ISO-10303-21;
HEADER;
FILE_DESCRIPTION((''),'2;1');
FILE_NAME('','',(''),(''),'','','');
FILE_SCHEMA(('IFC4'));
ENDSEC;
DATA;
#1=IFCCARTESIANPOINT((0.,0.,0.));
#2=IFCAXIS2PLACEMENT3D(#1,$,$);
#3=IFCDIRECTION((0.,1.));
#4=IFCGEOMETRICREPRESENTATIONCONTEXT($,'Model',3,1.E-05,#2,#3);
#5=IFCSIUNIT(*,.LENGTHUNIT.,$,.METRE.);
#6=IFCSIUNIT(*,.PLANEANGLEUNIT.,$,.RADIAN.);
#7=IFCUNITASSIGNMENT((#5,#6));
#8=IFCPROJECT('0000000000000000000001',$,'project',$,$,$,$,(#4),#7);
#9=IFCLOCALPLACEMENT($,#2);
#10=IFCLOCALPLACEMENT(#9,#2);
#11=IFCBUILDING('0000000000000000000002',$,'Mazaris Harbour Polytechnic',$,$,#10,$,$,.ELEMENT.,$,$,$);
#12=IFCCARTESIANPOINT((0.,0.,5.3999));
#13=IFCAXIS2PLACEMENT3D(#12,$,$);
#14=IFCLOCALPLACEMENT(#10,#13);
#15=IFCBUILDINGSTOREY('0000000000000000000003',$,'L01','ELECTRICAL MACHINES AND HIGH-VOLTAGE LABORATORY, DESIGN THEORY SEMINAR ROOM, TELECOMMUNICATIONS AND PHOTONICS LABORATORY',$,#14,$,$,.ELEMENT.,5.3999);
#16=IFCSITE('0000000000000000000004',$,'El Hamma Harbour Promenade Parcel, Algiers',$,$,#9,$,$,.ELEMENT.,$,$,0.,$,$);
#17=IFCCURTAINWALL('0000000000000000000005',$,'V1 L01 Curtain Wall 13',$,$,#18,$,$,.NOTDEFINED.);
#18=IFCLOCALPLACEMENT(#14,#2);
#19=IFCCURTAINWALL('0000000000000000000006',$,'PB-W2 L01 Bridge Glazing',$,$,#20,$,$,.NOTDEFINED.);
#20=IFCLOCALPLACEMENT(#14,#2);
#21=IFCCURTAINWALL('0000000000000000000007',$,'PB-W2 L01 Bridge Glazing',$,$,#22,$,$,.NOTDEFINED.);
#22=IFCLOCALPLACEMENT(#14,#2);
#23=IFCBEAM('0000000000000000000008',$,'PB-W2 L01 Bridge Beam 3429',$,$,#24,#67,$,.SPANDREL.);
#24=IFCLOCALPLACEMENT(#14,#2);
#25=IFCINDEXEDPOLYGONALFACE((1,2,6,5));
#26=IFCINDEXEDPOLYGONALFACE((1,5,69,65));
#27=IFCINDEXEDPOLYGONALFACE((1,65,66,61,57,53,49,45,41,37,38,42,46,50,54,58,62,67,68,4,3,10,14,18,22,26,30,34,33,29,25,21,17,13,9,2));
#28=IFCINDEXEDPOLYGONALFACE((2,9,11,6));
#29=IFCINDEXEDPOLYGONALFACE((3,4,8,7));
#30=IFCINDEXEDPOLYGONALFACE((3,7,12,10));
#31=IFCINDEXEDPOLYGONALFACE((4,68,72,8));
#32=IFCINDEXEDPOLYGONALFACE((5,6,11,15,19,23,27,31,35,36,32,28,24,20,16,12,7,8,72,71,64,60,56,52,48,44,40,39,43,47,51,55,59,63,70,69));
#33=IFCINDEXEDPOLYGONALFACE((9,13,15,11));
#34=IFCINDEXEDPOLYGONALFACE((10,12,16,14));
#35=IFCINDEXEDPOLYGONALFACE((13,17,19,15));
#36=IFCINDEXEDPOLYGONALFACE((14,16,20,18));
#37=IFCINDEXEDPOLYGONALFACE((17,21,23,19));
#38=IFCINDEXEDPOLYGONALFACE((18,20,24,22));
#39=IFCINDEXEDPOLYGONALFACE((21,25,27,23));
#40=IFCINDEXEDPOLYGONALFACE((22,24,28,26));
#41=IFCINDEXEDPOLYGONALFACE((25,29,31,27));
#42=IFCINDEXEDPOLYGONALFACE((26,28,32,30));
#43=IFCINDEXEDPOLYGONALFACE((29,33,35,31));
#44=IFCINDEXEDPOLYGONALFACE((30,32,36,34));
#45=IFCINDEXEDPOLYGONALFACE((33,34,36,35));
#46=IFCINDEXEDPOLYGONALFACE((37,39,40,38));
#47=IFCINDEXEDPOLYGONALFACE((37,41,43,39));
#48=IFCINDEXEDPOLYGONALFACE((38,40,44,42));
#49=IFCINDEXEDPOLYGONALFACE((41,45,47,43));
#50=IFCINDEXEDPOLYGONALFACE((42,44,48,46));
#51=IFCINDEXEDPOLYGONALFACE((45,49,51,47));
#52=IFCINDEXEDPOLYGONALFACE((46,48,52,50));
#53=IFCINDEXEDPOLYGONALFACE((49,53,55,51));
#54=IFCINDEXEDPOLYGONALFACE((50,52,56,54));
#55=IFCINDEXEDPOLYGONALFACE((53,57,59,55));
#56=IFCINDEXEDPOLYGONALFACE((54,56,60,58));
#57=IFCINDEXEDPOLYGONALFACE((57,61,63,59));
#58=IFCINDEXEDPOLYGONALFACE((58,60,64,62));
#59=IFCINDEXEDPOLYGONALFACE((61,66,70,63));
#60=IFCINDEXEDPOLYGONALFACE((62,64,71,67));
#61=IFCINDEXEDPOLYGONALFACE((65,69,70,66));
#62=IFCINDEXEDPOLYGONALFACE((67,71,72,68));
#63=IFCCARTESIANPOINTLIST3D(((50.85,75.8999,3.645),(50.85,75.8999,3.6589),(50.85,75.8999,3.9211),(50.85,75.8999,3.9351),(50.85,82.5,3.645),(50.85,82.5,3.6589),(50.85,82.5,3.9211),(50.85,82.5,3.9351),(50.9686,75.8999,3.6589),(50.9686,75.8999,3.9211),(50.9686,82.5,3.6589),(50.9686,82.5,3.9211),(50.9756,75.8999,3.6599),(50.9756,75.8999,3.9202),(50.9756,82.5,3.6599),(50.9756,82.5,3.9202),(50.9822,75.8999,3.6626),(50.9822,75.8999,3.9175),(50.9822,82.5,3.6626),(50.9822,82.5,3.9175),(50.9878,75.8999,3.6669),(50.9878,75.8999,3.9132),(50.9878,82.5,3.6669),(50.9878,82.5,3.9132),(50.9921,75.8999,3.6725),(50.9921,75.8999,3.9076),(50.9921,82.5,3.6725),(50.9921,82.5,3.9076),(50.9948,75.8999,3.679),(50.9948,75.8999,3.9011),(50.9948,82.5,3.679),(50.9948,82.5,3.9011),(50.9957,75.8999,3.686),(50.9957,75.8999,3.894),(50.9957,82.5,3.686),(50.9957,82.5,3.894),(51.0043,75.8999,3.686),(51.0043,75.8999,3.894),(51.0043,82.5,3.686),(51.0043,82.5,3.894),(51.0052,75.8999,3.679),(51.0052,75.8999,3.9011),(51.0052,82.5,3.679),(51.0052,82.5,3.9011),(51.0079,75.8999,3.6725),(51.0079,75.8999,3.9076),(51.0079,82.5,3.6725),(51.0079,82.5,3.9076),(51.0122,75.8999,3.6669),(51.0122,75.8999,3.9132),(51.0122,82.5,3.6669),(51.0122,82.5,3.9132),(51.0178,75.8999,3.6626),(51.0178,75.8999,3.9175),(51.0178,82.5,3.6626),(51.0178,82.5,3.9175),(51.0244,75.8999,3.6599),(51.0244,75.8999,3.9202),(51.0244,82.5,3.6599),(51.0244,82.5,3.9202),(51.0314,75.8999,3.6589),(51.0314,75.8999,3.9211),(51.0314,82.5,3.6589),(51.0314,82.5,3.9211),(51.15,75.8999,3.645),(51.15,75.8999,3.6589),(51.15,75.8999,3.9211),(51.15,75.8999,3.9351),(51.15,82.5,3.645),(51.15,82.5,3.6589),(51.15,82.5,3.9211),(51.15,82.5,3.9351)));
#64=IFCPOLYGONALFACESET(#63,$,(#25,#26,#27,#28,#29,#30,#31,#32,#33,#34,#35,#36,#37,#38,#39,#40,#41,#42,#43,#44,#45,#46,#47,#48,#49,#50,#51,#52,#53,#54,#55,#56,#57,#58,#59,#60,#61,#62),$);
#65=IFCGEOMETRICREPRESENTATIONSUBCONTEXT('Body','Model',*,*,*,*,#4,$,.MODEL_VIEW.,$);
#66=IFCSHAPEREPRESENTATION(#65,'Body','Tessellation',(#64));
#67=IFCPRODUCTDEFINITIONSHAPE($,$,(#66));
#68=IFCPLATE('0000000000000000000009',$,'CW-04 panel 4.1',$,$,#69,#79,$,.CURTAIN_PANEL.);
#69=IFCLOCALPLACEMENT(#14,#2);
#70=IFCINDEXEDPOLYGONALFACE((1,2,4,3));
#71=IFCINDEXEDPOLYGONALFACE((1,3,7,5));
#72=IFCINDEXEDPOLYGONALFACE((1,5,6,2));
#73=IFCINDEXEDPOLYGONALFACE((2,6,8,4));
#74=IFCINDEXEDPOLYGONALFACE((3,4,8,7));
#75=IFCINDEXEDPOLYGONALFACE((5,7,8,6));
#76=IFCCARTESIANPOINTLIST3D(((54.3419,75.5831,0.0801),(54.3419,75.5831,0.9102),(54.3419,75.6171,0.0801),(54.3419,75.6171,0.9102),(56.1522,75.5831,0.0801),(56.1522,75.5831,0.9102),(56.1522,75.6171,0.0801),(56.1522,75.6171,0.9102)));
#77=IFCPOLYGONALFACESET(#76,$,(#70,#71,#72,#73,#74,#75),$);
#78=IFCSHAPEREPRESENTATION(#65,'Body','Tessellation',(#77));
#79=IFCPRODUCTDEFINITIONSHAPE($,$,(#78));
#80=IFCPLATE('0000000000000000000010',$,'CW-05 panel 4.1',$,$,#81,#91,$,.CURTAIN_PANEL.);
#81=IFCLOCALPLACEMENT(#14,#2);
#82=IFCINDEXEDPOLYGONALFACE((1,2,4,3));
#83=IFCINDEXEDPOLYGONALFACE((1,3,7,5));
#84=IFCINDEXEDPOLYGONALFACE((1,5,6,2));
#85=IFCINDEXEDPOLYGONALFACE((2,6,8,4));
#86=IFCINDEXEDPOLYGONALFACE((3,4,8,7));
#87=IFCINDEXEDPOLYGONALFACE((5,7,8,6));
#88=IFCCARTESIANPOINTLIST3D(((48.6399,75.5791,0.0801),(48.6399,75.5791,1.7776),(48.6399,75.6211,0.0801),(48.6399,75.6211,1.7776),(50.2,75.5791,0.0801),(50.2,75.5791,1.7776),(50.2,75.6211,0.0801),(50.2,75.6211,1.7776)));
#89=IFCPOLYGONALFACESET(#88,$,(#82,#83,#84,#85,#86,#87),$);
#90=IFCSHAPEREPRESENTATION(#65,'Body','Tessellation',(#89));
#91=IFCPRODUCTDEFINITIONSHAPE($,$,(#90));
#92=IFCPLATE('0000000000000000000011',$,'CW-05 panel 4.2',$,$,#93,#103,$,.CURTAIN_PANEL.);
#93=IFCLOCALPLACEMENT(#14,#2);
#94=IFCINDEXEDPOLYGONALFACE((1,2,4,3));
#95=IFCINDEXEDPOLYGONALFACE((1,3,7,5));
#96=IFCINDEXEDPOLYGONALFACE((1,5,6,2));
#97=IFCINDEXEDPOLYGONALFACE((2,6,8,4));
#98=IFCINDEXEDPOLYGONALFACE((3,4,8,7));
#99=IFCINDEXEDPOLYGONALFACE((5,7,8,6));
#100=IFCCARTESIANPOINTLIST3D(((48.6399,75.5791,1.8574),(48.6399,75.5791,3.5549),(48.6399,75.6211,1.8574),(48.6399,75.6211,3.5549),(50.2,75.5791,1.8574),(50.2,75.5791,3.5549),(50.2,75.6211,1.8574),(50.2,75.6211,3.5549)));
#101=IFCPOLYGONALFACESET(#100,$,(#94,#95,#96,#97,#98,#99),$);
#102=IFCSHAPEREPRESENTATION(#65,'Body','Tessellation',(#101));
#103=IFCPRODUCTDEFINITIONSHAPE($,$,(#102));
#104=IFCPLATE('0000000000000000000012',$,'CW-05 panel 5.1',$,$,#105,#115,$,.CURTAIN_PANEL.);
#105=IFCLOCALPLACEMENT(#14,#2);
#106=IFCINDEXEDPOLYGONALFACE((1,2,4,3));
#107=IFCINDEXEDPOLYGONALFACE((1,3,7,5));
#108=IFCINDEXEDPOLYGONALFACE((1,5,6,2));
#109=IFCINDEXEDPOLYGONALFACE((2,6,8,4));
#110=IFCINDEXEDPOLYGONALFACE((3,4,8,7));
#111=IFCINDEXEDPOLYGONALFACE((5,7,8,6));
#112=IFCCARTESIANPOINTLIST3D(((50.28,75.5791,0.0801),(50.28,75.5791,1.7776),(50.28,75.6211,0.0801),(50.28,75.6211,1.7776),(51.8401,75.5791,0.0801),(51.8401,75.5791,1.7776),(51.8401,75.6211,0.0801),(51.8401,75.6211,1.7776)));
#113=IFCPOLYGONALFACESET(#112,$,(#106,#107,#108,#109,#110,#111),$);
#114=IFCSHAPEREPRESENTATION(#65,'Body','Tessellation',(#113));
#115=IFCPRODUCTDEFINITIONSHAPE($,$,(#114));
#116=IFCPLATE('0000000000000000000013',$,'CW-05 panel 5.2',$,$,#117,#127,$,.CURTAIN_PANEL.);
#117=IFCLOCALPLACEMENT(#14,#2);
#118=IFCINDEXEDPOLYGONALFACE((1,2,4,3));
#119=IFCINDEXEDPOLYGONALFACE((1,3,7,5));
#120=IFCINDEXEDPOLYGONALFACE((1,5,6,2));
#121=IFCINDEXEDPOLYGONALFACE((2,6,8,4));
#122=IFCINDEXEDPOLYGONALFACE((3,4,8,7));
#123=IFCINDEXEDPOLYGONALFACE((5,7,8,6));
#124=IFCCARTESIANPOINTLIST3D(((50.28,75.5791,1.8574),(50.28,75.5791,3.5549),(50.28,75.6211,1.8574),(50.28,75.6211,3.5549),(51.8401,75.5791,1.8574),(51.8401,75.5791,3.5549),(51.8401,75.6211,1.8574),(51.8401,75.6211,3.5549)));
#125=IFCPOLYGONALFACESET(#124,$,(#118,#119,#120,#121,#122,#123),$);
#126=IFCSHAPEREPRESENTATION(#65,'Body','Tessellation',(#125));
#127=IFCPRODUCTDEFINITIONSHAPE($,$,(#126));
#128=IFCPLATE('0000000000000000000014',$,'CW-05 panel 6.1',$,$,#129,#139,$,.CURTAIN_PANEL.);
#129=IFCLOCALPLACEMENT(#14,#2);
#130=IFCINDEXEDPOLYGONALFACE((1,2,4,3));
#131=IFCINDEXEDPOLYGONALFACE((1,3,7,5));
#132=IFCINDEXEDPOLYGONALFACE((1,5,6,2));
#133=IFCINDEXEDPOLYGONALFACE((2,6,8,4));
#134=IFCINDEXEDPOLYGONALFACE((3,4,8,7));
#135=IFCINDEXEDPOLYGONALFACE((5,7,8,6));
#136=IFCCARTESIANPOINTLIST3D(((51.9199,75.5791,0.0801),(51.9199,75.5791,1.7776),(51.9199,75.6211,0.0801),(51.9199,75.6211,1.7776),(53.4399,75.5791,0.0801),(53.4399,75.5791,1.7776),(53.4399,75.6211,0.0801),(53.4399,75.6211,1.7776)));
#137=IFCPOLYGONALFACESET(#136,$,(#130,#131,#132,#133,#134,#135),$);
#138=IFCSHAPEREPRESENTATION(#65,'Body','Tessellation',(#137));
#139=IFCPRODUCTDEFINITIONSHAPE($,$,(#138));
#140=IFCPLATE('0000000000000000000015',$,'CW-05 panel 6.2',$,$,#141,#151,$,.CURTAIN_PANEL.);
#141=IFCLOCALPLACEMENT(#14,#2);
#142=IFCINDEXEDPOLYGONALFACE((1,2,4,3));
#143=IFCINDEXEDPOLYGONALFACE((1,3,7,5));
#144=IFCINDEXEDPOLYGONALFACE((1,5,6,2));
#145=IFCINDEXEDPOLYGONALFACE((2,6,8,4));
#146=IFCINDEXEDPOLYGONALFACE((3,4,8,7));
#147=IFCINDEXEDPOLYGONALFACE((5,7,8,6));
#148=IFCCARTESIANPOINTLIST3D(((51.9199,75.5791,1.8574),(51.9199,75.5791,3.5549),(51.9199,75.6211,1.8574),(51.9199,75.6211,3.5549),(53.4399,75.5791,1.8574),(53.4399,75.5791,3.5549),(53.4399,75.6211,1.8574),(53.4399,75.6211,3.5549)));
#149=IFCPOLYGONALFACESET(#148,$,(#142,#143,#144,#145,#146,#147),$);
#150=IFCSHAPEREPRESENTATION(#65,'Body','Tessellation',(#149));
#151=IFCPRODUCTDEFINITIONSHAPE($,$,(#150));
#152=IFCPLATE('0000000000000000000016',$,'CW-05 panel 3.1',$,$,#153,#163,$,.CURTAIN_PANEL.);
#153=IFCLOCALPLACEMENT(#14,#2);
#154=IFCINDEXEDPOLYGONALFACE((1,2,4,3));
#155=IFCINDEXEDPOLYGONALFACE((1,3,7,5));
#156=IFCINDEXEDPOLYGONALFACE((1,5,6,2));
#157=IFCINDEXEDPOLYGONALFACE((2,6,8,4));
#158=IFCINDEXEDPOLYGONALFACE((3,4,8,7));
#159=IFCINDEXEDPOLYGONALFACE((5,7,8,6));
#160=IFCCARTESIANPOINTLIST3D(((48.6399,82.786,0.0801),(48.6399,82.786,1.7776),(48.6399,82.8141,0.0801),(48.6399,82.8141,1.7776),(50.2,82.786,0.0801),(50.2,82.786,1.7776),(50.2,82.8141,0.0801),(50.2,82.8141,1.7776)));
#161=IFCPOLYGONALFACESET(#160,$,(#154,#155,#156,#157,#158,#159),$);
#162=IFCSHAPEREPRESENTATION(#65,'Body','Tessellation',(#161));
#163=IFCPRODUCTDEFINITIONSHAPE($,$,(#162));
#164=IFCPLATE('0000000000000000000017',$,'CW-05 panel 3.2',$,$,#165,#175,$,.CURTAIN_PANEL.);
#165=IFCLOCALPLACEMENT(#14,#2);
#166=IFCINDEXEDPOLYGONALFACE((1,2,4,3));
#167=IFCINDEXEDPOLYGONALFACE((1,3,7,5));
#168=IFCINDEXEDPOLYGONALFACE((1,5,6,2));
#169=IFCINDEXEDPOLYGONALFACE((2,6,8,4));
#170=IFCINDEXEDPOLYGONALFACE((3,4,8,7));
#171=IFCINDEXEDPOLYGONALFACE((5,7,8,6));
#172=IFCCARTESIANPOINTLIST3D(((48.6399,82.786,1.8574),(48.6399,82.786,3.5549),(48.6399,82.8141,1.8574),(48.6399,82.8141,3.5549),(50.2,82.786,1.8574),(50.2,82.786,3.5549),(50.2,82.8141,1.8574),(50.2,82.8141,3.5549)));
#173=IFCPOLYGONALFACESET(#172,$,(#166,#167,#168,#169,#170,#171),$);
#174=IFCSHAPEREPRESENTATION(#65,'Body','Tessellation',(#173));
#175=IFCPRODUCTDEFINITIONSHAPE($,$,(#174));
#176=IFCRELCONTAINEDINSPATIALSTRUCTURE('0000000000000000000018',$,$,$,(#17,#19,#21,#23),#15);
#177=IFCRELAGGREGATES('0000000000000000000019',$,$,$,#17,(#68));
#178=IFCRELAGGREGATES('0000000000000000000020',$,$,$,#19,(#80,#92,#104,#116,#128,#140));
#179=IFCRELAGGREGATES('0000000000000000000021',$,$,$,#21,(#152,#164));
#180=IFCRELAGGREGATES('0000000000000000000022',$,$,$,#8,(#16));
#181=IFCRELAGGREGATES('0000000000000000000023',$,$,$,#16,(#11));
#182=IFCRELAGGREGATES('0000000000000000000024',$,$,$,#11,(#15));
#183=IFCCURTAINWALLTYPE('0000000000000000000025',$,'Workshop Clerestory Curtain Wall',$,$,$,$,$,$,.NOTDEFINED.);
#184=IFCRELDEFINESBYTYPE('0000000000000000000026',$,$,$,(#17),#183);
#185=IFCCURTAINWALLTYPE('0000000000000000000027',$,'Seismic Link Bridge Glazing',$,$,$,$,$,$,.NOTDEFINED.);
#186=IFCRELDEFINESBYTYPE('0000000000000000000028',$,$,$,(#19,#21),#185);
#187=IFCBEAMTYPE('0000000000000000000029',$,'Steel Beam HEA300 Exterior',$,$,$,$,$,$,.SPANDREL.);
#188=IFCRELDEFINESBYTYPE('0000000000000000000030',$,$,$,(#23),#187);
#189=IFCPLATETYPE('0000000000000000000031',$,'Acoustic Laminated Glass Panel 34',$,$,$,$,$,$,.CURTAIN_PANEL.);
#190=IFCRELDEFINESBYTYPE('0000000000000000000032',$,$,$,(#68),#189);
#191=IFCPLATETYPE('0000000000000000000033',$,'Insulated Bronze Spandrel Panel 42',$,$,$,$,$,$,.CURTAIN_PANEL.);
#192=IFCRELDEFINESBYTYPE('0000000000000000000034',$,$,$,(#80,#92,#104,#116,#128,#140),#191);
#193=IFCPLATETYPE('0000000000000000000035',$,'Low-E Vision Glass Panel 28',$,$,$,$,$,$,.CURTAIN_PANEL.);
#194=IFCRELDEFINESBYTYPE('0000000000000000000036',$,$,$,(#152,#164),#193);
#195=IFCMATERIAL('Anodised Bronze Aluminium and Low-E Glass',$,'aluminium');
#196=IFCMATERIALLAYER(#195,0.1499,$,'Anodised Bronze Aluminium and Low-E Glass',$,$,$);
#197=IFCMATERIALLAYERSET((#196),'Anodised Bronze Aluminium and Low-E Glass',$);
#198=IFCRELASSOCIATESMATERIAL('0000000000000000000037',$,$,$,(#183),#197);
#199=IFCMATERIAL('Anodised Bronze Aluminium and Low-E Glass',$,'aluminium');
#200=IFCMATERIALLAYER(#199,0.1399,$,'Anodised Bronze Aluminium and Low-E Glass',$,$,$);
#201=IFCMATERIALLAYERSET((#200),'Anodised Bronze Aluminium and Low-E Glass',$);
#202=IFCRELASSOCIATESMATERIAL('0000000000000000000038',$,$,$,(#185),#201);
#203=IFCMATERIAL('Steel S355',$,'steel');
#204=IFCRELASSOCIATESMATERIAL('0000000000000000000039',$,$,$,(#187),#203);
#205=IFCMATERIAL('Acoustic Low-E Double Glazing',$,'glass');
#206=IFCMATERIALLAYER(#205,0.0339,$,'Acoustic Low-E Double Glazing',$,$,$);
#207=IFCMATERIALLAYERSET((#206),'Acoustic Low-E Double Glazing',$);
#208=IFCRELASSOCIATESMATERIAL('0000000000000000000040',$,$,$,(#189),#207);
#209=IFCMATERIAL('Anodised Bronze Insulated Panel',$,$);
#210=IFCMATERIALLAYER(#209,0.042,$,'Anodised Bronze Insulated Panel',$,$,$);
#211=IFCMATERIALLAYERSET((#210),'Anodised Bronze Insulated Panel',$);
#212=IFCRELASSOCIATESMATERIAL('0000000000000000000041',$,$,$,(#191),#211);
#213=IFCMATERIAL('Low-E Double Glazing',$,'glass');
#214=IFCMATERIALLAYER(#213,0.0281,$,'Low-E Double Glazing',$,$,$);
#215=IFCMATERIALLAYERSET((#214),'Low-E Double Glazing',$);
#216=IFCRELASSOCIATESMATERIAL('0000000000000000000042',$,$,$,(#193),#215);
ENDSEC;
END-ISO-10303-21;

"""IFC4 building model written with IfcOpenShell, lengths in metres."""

from ifc_helpers import new_model, si_unit, direction, frame, origin, origin_2d, place, context, subcontext, project, spatial, rectangle, i_section, extrude, material, layer, layer_set, material_profile, profile_set, type_object, element, aggregate, save


model = new_model("IFC4")

# Units and contexts
model_context = context("Model", 3, precision=1e-05, world=origin(), true_north=direction((0.0, 1.0)))
body_context = subcontext(model_context, "Body", "Model", "MODEL_VIEW")
ifc_project = project(units=[si_unit("LENGTHUNIT", "METRE"), si_unit("PLANEANGLEUNIT", "RADIAN")], contexts=[model_context])

# Site, building, storey
site_placement = place(None, origin())
site = spatial("IfcSite", under=ifc_project, at=site_placement, Name="El Hamma Harbour Promenade Parcel, Algiers", CompositionType="ELEMENT", RefElevation=0.0)
building_placement = place(site_placement, origin())
building = spatial("IfcBuilding", under=site, at=building_placement, Name="Mazaris Harbour Polytechnic", CompositionType="ELEMENT")
storey_placement = place(building_placement, frame((0.0, 0.0, 5.3999)))
storey = spatial("IfcBuildingStorey", under=building, at=storey_placement, Name="L01", Description="ELECTRICAL MACHINES AND HIGH-VOLTAGE LABORATORY, DESIGN THEORY SEMINAR ROOM, TELECOMMUNICATIONS AND PHOTONICS LABORATORY", CompositionType="ELEMENT", Elevation=5.3999)

# Curtain wall
ifc_material_1 = material(Name="Anodised Bronze Aluminium and Low-E Glass", Category="aluminium")
ifc_layer_1 = layer(ifc_material_1, 0.1499, Name="Anodised Bronze Aluminium and Low-E Glass")
ifc_layer_set_1 = layer_set([ifc_layer_1], Name="Anodised Bronze Aluminium and Low-E Glass")
curtain_wall_type_1 = type_object("IfcCurtainWallType", Name="Workshop Clerestory Curtain Wall", PredefinedType="NOTDEFINED", material=ifc_layer_set_1)
curtain_wall_1_placement = place(storey_placement, origin())
curtain_wall_1 = element("IfcCurtainWall", 1, at=curtain_wall_1_placement, inside=storey, type_object=curtain_wall_type_1, Name="V1 L01 Curtain Wall 13", PredefinedType="NOTDEFINED")

# Curtain wall
ifc_material_2 = material(Name="Anodised Bronze Aluminium and Low-E Glass", Category="aluminium")
ifc_layer_2 = layer(ifc_material_2, 0.1399, Name="Anodised Bronze Aluminium and Low-E Glass")
ifc_layer_set_2 = layer_set([ifc_layer_2], Name="Anodised Bronze Aluminium and Low-E Glass")
curtain_wall_type_2 = type_object("IfcCurtainWallType", Name="Seismic Link Bridge Glazing", PredefinedType="NOTDEFINED", material=ifc_layer_set_2)
curtain_wall_2_placement = place(storey_placement, origin())
curtain_wall_2 = element("IfcCurtainWall", 2, at=curtain_wall_2_placement, inside=storey, type_object=curtain_wall_type_2, Name="PB-W2 L01 Bridge Glazing", PredefinedType="NOTDEFINED")

# Curtain wall
curtain_wall_3_placement = place(storey_placement, origin())
curtain_wall_3 = element("IfcCurtainWall", 3, at=curtain_wall_3_placement, inside=storey, type_object=curtain_wall_type_2, Name="PB-W2 L01 Bridge Glazing", PredefinedType="NOTDEFINED")

# Beam
ifc_material_3 = material(Name="Steel S355", Category="steel")
ifc_material_profile_1 = material_profile(ifc_material_3, i_section(OverallWidth=0.3, OverallDepth=0.29, WebThickness=0.0085, FlangeThickness=0.0139, FilletRadius=0.0271, at=origin_2d()), Name="HEA 300")
ifc_profile_set_1 = profile_set([ifc_material_profile_1], Name="Steel S355")
beam_type_1 = type_object("IfcBeamType", Name="Steel Beam HEA300 Exterior", PredefinedType="SPANDREL", material=ifc_profile_set_1)
beam_1_placement = place(storey_placement, frame((51.0, 75.8999, 3.79), z_axis=(0.0, 1.0, 0.0), x_axis=(-1.0, 0.0, 0.0)))
element("IfcBeam", 4, at=beam_1_placement, inside=storey, type_object=beam_type_1, Name="PB-W2 L01 Bridge Beam 3429", PredefinedType="SPANDREL", context=body_context, shape_type="SweptSolid", body=[
    extrude(i_section(OverallWidth=0.3, OverallDepth=0.29, WebThickness=0.0085, FlangeThickness=0.0139, FilletRadius=0.0271, at=origin_2d()), origin(), (0.0, 0.0, 1.0), 6.6001),
])

# Plates
ifc_material_4 = material(Name="Acoustic Low-E Double Glazing", Category="glass")
ifc_layer_3 = layer(ifc_material_4, 0.0339, Name="Acoustic Low-E Double Glazing")
ifc_layer_set_3 = layer_set([ifc_layer_3], Name="Acoustic Low-E Double Glazing")
plate_type_1 = type_object("IfcPlateType", Name="Acoustic Laminated Glass Panel 34", PredefinedType="CURTAIN_PANEL", material=ifc_layer_set_3)
plate_1_placement = place(storey_placement, frame((55.2471, 75.6001, 0.0801), z_axis=(0.0, 0.0, 1.0), x_axis=(-1.0, 0.0, 0.0)))
plate_1 = element("IfcPlate", 5, at=plate_1_placement, type_object=plate_type_1, Name="CW-04 panel 4.1", PredefinedType="CURTAIN_PANEL", context=body_context, shape_type="SweptSolid", body=[
    extrude(rectangle(XDim=1.8103, YDim=0.0339, at=origin_2d()), origin(), (0.0, 0.0, 1.0), 0.8301),
])
aggregate(curtain_wall_1, [plate_1])
ifc_material_5 = material(Name="Anodised Bronze Insulated Panel")
ifc_layer_4 = layer(ifc_material_5, 0.042, Name="Anodised Bronze Insulated Panel")
ifc_layer_set_4 = layer_set([ifc_layer_4], Name="Anodised Bronze Insulated Panel")
plate_type_2 = type_object("IfcPlateType", Name="Insulated Bronze Spandrel Panel 42", PredefinedType="CURTAIN_PANEL", material=ifc_layer_set_4)
plate_2_placement = place(storey_placement, frame((49.4199, 75.6001, 0.0801), z_axis=(0.0, 0.0, 1.0), x_axis=(1.0, 0.0, 0.0)))
plate_2 = element("IfcPlate", 6, at=plate_2_placement, type_object=plate_type_2, Name="CW-05 panel 4.1", PredefinedType="CURTAIN_PANEL", context=body_context, shape_type="SweptSolid", body=[
    extrude(rectangle(XDim=1.5601, YDim=0.042, at=origin_2d()), origin(), (0.0, 0.0, 1.0), 1.6975),
])
plate_3_placement = place(storey_placement, frame((49.4199, 75.6001, 1.8574), z_axis=(0.0, 0.0, 1.0), x_axis=(1.0, 0.0, 0.0)))
plate_3 = element("IfcPlate", 7, at=plate_3_placement, type_object=plate_type_2, Name="CW-05 panel 4.2", PredefinedType="CURTAIN_PANEL", context=body_context, shape_type="SweptSolid", body=[
    extrude(rectangle(XDim=1.5601, YDim=0.042, at=origin_2d()), origin(), (0.0, 0.0, 1.0), 1.6975),
])
plate_4_placement = place(storey_placement, frame((51.0601, 75.6001, 0.0801), z_axis=(0.0, 0.0, 1.0), x_axis=(1.0, 0.0, 0.0)))
plate_4 = element("IfcPlate", 8, at=plate_4_placement, type_object=plate_type_2, Name="CW-05 panel 5.1", PredefinedType="CURTAIN_PANEL", context=body_context, shape_type="SweptSolid", body=[
    extrude(rectangle(XDim=1.5601, YDim=0.042, at=origin_2d()), origin(), (0.0, 0.0, 1.0), 1.6975),
])
plate_5_placement = place(storey_placement, frame((51.0601, 75.6001, 1.8574), z_axis=(0.0, 0.0, 1.0), x_axis=(1.0, 0.0, 0.0)))
plate_5 = element("IfcPlate", 9, at=plate_5_placement, type_object=plate_type_2, Name="CW-05 panel 5.2", PredefinedType="CURTAIN_PANEL", context=body_context, shape_type="SweptSolid", body=[
    extrude(rectangle(XDim=1.5601, YDim=0.042, at=origin_2d()), origin(), (0.0, 0.0, 1.0), 1.6975),
])
plate_6_placement = place(storey_placement, frame((52.6799, 75.6001, 0.0801), z_axis=(0.0, 0.0, 1.0), x_axis=(1.0, 0.0, 0.0)))
plate_6 = element("IfcPlate", 10, at=plate_6_placement, type_object=plate_type_2, Name="CW-05 panel 6.1", PredefinedType="CURTAIN_PANEL", context=body_context, shape_type="SweptSolid", body=[
    extrude(rectangle(XDim=1.52, YDim=0.042, at=origin_2d()), origin(), (0.0, 0.0, 1.0), 1.6975),
])
plate_7_placement = place(storey_placement, frame((52.6799, 75.6001, 1.8574), z_axis=(0.0, 0.0, 1.0), x_axis=(1.0, 0.0, 0.0)))
plate_7 = element("IfcPlate", 11, at=plate_7_placement, type_object=plate_type_2, Name="CW-05 panel 6.2", PredefinedType="CURTAIN_PANEL", context=body_context, shape_type="SweptSolid", body=[
    extrude(rectangle(XDim=1.52, YDim=0.042, at=origin_2d()), origin(), (0.0, 0.0, 1.0), 1.6975),
])
aggregate(curtain_wall_2, [plate_2, plate_3, plate_4, plate_5, plate_6, plate_7])
ifc_material_6 = material(Name="Low-E Double Glazing", Category="glass")
ifc_layer_5 = layer(ifc_material_6, 0.0281, Name="Low-E Double Glazing")
ifc_layer_set_5 = layer_set([ifc_layer_5], Name="Low-E Double Glazing")
plate_type_3 = type_object("IfcPlateType", Name="Low-E Vision Glass Panel 28", PredefinedType="CURTAIN_PANEL", material=ifc_layer_set_5)
plate_8_placement = place(storey_placement, frame((49.4199, 82.8, 0.0801), z_axis=(0.0, 0.0, 1.0), x_axis=(-1.0, 0.0, 0.0)))
plate_8 = element("IfcPlate", 12, at=plate_8_placement, type_object=plate_type_3, Name="CW-05 panel 3.1", PredefinedType="CURTAIN_PANEL", context=body_context, shape_type="SweptSolid", body=[
    extrude(rectangle(XDim=1.5601, YDim=0.0281, at=origin_2d()), origin(), (0.0, 0.0, 1.0), 1.6975),
])
plate_9_placement = place(storey_placement, frame((49.4199, 82.8, 1.8574), z_axis=(0.0, 0.0, 1.0), x_axis=(-1.0, 0.0, 0.0)))
plate_9 = element("IfcPlate", 13, at=plate_9_placement, type_object=plate_type_3, Name="CW-05 panel 3.2", PredefinedType="CURTAIN_PANEL", context=body_context, shape_type="SweptSolid", body=[
    extrude(rectangle(XDim=1.5601, YDim=0.0281, at=origin_2d()), origin(), (0.0, 0.0, 1.0), 1.6975),
])
aggregate(curtain_wall_3, [plate_8, plate_9])

save(model, "model.ifc")
